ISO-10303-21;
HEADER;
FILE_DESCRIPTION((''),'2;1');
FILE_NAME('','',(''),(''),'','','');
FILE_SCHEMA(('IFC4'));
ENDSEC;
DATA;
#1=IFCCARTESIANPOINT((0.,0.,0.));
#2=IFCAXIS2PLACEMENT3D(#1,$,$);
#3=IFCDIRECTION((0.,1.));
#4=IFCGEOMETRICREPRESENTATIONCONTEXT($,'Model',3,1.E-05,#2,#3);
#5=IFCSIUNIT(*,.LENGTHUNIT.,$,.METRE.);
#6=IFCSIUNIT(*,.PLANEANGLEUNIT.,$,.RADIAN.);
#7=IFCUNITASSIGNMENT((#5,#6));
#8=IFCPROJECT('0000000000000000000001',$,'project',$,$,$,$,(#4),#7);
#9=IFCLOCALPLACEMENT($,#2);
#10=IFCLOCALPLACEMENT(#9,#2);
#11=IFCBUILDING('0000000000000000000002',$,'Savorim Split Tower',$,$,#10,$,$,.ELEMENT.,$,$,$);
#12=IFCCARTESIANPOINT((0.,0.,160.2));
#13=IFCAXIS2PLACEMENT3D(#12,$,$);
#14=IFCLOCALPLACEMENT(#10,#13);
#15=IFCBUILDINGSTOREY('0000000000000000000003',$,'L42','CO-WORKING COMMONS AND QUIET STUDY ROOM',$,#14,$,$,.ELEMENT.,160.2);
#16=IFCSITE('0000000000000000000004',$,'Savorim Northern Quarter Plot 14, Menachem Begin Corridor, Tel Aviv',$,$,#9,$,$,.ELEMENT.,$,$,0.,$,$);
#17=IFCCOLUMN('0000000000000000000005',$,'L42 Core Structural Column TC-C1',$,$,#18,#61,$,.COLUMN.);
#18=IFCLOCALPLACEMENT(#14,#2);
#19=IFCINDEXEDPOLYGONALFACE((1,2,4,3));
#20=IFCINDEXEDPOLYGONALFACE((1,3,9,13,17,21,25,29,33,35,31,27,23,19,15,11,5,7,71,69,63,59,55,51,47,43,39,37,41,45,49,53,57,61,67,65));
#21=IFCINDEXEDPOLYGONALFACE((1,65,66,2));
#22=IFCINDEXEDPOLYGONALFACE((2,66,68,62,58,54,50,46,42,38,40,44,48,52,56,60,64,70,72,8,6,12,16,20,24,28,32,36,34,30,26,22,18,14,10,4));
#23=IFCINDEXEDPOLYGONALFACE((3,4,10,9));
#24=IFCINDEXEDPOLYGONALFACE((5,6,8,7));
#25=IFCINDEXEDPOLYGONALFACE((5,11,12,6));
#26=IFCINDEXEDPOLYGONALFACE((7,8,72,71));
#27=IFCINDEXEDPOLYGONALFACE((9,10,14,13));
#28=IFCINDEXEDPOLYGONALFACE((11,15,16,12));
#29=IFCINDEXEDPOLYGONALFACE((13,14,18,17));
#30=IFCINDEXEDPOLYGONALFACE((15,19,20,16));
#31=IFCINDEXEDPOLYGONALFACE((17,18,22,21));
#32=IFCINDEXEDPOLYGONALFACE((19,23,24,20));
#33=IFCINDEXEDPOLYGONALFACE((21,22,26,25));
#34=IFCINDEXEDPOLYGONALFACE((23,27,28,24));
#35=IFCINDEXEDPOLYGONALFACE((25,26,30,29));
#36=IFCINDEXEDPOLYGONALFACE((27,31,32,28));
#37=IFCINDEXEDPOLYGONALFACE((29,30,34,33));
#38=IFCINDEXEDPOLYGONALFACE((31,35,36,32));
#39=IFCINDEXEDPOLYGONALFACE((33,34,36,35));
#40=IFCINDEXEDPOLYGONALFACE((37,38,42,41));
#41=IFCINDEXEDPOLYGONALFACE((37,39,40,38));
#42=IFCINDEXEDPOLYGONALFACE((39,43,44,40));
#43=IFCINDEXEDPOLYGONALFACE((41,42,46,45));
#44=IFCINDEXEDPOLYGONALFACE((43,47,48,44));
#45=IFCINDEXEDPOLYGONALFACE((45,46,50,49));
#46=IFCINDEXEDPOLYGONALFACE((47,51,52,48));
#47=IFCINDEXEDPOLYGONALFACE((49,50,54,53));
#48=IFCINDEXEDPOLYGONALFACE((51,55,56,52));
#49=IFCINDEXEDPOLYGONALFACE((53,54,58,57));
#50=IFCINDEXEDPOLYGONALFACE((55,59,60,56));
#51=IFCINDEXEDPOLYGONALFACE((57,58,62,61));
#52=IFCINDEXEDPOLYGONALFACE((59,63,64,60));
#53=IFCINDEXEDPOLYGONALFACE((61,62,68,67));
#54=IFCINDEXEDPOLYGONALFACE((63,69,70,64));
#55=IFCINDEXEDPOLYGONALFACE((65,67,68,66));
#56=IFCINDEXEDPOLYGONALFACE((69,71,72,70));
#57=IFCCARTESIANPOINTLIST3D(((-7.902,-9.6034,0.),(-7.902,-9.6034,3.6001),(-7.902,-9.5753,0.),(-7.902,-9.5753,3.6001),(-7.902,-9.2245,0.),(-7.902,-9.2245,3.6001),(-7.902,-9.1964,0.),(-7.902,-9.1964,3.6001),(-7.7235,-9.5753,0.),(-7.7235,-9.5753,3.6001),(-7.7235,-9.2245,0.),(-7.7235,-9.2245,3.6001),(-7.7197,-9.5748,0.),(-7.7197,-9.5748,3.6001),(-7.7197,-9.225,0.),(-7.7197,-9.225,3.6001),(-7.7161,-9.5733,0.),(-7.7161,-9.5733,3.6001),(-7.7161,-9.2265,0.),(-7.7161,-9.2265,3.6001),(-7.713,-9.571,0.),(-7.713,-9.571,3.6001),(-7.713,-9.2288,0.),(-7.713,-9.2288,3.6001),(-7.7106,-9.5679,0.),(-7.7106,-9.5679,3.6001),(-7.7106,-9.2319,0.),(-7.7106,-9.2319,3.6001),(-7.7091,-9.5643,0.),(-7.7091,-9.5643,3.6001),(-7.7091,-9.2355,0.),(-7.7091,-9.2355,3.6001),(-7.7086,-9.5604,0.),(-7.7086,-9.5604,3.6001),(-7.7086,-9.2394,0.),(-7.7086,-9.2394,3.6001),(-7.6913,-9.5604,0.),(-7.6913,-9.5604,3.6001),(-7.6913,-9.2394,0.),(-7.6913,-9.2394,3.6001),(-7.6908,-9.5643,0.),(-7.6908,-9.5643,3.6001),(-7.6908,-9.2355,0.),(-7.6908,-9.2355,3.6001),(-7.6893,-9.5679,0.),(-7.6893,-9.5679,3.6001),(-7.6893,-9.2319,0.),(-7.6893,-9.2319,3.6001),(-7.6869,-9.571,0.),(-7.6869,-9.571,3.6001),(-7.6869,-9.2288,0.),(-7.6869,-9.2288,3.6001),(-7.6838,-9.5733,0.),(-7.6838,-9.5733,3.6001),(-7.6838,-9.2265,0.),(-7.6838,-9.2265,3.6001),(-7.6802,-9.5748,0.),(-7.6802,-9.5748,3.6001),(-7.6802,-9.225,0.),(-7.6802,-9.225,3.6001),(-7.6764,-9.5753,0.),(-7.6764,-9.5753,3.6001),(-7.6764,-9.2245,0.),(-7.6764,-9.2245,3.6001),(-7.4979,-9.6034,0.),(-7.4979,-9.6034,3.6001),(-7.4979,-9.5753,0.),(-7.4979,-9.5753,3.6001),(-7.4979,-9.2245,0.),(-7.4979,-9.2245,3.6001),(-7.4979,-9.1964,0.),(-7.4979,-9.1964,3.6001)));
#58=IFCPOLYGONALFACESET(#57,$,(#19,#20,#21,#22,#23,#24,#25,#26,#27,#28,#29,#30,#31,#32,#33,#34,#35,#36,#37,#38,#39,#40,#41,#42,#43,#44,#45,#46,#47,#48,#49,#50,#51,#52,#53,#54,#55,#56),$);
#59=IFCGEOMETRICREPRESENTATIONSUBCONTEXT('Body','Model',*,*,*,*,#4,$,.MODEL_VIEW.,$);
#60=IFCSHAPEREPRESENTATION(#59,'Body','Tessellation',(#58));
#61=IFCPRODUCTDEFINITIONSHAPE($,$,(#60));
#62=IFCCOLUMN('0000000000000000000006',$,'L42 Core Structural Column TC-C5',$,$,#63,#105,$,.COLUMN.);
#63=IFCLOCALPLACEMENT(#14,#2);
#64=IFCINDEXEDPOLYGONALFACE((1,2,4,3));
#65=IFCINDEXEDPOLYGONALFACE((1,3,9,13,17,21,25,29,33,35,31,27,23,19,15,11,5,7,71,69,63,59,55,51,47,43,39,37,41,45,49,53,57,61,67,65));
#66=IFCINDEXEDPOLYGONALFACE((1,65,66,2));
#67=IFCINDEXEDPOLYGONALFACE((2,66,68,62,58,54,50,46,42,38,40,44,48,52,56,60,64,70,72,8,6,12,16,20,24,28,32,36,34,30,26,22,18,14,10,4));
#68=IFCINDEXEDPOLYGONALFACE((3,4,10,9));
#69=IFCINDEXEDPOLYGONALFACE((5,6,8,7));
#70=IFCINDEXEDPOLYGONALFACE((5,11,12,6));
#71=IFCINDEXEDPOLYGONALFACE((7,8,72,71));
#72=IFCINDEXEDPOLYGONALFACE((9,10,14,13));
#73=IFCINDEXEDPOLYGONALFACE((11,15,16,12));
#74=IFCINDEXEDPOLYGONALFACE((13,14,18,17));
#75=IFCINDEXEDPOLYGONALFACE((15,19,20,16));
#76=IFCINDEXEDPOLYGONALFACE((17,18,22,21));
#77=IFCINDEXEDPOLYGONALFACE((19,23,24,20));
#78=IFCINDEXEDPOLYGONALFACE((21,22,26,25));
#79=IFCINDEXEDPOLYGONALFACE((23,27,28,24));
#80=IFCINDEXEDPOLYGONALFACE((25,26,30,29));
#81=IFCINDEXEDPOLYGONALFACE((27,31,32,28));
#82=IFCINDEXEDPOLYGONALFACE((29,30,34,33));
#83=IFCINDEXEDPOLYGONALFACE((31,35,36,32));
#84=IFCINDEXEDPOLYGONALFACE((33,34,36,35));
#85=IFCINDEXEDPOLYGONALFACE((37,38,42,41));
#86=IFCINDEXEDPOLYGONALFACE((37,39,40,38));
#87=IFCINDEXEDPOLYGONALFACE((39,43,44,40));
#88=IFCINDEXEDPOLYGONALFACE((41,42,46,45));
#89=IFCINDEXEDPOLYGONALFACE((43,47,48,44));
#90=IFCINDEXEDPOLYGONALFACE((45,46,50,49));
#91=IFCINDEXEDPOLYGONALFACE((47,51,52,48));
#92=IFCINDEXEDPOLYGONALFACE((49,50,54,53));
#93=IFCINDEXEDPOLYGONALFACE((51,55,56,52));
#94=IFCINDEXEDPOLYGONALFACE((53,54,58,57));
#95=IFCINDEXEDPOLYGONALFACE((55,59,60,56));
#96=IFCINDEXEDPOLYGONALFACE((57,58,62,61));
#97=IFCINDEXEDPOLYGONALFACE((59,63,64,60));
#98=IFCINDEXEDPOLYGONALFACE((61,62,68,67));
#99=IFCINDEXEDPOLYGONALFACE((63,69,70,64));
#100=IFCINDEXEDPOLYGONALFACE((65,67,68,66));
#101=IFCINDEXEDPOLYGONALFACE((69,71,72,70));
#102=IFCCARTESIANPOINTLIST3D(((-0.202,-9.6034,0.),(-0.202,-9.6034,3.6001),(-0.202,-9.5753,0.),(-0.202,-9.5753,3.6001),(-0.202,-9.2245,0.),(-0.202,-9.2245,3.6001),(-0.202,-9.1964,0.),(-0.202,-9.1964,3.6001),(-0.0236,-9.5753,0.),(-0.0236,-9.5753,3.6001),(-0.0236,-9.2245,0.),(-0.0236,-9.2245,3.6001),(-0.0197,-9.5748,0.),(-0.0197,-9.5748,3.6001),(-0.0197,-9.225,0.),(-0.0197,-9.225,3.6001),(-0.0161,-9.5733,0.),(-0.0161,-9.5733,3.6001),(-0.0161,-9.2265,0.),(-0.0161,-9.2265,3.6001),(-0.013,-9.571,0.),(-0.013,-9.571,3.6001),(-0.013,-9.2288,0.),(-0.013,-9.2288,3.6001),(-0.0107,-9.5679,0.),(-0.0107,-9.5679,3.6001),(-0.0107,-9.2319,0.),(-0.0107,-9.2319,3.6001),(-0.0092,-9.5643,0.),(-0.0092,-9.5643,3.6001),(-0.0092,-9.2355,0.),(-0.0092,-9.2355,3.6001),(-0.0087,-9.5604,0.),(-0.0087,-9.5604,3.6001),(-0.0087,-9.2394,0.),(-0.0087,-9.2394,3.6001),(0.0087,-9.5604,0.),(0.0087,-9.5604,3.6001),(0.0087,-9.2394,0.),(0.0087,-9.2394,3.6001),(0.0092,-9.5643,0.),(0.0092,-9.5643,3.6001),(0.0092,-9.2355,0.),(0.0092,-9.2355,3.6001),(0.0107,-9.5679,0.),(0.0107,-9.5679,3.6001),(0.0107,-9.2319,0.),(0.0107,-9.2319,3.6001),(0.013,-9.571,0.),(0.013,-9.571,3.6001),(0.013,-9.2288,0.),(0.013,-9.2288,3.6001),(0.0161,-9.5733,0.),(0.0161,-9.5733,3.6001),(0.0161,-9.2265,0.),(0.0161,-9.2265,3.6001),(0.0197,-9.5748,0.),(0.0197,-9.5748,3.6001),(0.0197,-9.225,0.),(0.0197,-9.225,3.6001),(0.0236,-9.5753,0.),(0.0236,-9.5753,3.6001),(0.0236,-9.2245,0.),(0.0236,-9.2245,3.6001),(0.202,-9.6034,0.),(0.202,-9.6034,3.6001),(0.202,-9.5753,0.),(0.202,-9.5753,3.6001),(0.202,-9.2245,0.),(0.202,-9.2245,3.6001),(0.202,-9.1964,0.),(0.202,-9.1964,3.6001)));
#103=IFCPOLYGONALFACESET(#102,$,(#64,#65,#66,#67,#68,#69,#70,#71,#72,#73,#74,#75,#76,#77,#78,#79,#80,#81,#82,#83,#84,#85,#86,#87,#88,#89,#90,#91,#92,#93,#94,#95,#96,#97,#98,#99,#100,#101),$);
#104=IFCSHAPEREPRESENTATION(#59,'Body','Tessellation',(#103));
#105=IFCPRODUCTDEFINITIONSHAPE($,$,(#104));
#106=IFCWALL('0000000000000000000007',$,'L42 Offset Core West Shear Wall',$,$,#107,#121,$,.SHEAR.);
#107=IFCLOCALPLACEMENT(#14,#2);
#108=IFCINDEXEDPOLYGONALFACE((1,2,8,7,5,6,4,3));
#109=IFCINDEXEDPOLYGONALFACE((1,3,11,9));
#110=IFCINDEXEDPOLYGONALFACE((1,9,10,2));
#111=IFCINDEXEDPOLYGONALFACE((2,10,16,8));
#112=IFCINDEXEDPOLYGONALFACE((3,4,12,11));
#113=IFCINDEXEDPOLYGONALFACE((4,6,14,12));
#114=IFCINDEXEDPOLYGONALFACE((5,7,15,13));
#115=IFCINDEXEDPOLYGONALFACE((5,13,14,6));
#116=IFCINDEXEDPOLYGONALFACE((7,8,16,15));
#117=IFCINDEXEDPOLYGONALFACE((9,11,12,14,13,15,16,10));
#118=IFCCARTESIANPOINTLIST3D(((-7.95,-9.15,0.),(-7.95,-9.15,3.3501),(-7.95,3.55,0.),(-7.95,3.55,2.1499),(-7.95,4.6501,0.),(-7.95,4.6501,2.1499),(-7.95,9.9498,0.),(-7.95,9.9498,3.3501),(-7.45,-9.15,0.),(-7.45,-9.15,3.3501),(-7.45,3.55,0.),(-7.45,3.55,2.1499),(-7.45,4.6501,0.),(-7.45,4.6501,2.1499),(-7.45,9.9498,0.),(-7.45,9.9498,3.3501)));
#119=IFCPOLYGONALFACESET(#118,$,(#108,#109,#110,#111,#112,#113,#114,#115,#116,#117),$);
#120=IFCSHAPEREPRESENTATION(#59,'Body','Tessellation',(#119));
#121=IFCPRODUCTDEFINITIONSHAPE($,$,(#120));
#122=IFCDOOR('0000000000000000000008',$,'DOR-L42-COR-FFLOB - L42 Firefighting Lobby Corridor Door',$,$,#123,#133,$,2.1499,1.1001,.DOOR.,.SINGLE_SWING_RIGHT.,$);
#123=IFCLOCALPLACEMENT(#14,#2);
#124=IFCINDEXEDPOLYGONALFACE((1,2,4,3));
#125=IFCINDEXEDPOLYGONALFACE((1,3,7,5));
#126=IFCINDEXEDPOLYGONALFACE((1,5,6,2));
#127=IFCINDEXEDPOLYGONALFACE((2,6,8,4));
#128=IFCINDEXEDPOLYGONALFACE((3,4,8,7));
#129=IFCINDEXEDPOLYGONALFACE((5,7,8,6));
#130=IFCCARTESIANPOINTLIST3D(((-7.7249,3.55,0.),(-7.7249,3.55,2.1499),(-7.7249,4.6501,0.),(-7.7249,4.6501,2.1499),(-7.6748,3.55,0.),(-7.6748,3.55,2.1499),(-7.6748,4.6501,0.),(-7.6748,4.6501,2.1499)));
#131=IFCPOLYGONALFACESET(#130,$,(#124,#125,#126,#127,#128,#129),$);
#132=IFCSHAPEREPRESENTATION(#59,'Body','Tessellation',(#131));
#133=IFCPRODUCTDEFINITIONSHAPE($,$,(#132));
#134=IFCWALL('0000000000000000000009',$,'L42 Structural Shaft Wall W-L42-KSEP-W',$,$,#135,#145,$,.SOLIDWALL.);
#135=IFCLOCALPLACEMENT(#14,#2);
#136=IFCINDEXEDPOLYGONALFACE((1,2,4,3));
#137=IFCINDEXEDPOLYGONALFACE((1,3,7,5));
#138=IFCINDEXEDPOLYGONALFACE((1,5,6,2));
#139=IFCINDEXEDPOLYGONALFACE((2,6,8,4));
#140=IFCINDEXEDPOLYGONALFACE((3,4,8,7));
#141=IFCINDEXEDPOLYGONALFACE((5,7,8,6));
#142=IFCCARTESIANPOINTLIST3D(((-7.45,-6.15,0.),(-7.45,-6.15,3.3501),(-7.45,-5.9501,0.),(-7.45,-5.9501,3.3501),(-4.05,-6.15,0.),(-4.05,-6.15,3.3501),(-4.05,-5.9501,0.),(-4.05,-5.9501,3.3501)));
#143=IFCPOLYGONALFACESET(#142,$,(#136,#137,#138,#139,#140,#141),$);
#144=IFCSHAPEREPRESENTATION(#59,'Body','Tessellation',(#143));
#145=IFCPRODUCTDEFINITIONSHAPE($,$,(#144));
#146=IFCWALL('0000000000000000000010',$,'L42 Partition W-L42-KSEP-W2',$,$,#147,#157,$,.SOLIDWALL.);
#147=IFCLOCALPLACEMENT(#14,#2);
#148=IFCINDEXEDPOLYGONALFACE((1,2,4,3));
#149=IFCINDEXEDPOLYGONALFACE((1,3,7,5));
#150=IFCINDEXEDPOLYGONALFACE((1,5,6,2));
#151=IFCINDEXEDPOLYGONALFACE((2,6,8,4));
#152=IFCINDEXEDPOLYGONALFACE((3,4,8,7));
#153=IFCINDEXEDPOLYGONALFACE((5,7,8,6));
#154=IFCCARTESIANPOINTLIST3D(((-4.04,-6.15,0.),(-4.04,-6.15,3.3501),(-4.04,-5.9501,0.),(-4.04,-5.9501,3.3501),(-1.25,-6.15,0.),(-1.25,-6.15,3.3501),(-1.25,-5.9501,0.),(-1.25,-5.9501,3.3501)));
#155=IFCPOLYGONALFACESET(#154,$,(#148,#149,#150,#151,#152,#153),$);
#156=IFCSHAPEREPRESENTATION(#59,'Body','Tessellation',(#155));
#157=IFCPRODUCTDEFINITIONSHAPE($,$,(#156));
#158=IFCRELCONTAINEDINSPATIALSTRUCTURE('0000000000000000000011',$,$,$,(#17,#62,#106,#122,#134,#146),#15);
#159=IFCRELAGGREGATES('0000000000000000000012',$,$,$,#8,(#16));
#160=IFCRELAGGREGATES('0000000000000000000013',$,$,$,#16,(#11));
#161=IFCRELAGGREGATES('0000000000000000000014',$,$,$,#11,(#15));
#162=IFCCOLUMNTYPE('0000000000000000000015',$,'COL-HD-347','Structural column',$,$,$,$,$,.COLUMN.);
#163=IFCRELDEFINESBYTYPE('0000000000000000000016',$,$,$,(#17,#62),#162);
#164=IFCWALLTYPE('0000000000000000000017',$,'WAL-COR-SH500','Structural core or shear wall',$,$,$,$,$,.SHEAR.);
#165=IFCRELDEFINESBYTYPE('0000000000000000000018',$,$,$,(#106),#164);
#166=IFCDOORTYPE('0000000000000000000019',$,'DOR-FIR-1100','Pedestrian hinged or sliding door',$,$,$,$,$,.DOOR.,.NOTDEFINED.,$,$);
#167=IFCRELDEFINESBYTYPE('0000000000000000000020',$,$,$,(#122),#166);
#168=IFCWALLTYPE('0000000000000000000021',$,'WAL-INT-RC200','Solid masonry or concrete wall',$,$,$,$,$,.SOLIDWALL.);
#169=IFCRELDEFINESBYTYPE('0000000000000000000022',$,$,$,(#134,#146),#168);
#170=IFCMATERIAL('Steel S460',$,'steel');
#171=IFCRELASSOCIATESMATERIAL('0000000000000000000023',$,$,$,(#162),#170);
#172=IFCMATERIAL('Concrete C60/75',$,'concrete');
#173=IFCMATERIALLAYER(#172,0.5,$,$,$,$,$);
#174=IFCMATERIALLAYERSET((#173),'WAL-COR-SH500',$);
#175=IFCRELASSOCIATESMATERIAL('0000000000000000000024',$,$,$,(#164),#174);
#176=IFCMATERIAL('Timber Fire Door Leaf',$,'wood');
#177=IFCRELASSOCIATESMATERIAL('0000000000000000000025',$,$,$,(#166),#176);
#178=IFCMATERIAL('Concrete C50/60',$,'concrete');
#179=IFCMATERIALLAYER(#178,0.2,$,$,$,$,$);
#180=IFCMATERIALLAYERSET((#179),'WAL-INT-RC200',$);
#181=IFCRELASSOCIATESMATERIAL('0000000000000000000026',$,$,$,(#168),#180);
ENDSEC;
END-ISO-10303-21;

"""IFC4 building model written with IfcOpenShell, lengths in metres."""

from ifc_helpers import new_model, si_unit, direction, frame, frame_2d, origin, origin_2d, place, context, subcontext, project, spatial, rectangle, i_section, extrude, material, layer, layer_set, material_profile, profile_set, type_object, element, fill, save


model = new_model("IFC4")

# Units and contexts
model_context = context("Model", 3, precision=1e-05, world=origin(), true_north=direction((0.0, 1.0)))
body_context = subcontext(model_context, "Body", "Model", "MODEL_VIEW")
ifc_project = project(units=[si_unit("LENGTHUNIT", "METRE"), si_unit("PLANEANGLEUNIT", "RADIAN")], contexts=[model_context])

# Site, building, storey
site_placement = place(None, origin())
site = spatial("IfcSite", under=ifc_project, at=site_placement, Name="Savorim Northern Quarter Plot 14, Menachem Begin Corridor, Tel Aviv", CompositionType="ELEMENT", RefElevation=0.0)
building_placement = place(site_placement, origin())
building = spatial("IfcBuilding", under=site, at=building_placement, Name="Savorim Split Tower", CompositionType="ELEMENT")
storey_placement = place(building_placement, frame((0.0, 0.0, 160.2)))
storey = spatial("IfcBuildingStorey", under=building, at=storey_placement, Name="L42", Description="CO-WORKING COMMONS AND QUIET STUDY ROOM", CompositionType="ELEMENT", Elevation=160.2)

# Columns
ifc_material_1 = material(Name="Steel S460", Category="steel")
ifc_material_profile = material_profile(ifc_material_1, i_section(OverallWidth=0.4041, OverallDepth=0.407, WebThickness=0.0173, FlangeThickness=0.0281, FilletRadius=0.0149, at=origin_2d()), Name="HD 400x347")
ifc_profile_set = profile_set([ifc_material_profile], Name="Steel S460")
column_type = type_object("IfcColumnType", Name="COL-HD-347", Description="Structural column", PredefinedType="COLUMN", material=ifc_profile_set)
for number, where, z_axis, x_axis, name in (
    (1, (-7.7, -9.3999, 0.0), (0.0, 0.0, 1.0), (1.0, 0.0, 0.0), "L42 Core Structural Column TC-C1"),
    (2, (0.0, -9.3999, 0.0), (0.0, 0.0, 1.0), (1.0, 0.0, 0.0), "L42 Core Structural Column TC-C5"),
):
    element("IfcColumn", number, at=place(storey_placement, frame(where, z_axis=z_axis, x_axis=x_axis)), inside=storey, type_object=column_type, Name=name, PredefinedType="COLUMN", context=body_context, shape_type="SweptSolid", body=[
        extrude(i_section(OverallWidth=0.4041, OverallDepth=0.407, WebThickness=0.0173, FlangeThickness=0.0281, FilletRadius=0.0149, at=origin_2d()), origin(), (0.0, 0.0, 1.0), 3.6001),
    ])

# Wall, opening, door
ifc_material_2 = material(Name="Concrete C60/75", Category="concrete")
ifc_layer_1 = layer(ifc_material_2, 0.5)
ifc_layer_set_1 = layer_set([ifc_layer_1], Name="WAL-COR-SH500")
wall_type_1 = type_object("IfcWallType", Name="WAL-COR-SH500", Description="Structural core or shear wall", PredefinedType="SHEAR", material=ifc_layer_set_1)
wall_1_placement = place(storey_placement, frame((-7.7, -9.1499, 0.0), z_axis=(0.0, 0.0, 1.0), x_axis=(0.0, 1.0, 0.0)))
wall_1 = element("IfcWall", 3, at=wall_1_placement, inside=storey, type_object=wall_type_1, Name="L42 Offset Core West Shear Wall", PredefinedType="SHEAR", context=body_context, shape_type="SweptSolid", body=[
    extrude(rectangle(XDim=19.0999, YDim=0.5, at=frame_2d((9.5498, 0.0))), origin(), (0.0, 0.0, 1.0), 3.3501),
])
opening_1_placement = place(wall_1_placement, frame((12.7, 0.0, 0.0)))
opening_1 = element("IfcOpeningElement", 4, at=opening_1_placement, cuts=wall_1, PredefinedType="OPENING", context=body_context, shape_type="SweptSolid", body=[
    extrude(rectangle(XDim=1.1001, YDim=2.1499, at=frame_2d((0.55, 1.075))), frame((0.0, 0.26, 0.0), z_axis=(0.0, -1.0, 0.0), x_axis=(1.0, 0.0, 0.0)), (0.0, 0.0, 1.0), 0.52),
])
ifc_material_3 = material(Name="Timber Fire Door Leaf", Category="wood")
door_type_1 = type_object("IfcDoorType", Name="DOR-FIR-1100", Description="Pedestrian hinged or sliding door", OperationType="NOTDEFINED", PredefinedType="DOOR", material=ifc_material_3)
door_1_placement = place(opening_1_placement, origin())
door_1 = element("IfcDoor", 5, at=door_1_placement, inside=storey, type_object=door_type_1, Name="DOR-L42-COR-FFLOB - L42 Firefighting Lobby Corridor Door", OperationType="SINGLE_SWING_RIGHT", OverallHeight=2.1499, OverallWidth=1.1001, PredefinedType="DOOR", context=body_context, shape_type="SweptSolid", body=[
    extrude(rectangle(XDim=1.1001, YDim=2.1499, at=frame_2d((0.55, 1.075))), frame((0.0, 0.0249, 0.0), z_axis=(0.0, -1.0, 0.0), x_axis=(1.0, 0.0, 0.0)), (0.0, 0.0, 1.0), 0.05),
])
fill(opening_1, door_1)

# Walls
ifc_material_4 = material(Name="Concrete C50/60", Category="concrete")
ifc_layer_2 = layer(ifc_material_4, 0.2)
ifc_layer_set_2 = layer_set([ifc_layer_2], Name="WAL-INT-RC200")
wall_type_2 = type_object("IfcWallType", Name="WAL-INT-RC200", Description="Solid masonry or concrete wall", PredefinedType="SOLIDWALL", material=ifc_layer_set_2)
wall_2_placement = place(storey_placement, frame((-7.45, -6.05, 0.0), z_axis=(0.0, 0.0, 1.0), x_axis=(1.0, 0.0, 0.0)))
element("IfcWall", 6, at=wall_2_placement, inside=storey, type_object=wall_type_2, Name="L42 Structural Shaft Wall W-L42-KSEP-W", PredefinedType="SOLIDWALL", context=body_context, shape_type="SweptSolid", body=[
    extrude(rectangle(XDim=3.3999, YDim=0.2, at=frame_2d((1.7, 0.0))), origin(), (0.0, 0.0, 1.0), 3.3501),
])
wall_3_placement = place(storey_placement, frame((-4.04, -6.05, 0.0), z_axis=(0.0, 0.0, 1.0), x_axis=(1.0, 0.0, 0.0)))
element("IfcWall", 7, at=wall_3_placement, inside=storey, type_object=wall_type_2, Name="L42 Partition W-L42-KSEP-W2", PredefinedType="SOLIDWALL", context=body_context, shape_type="SweptSolid", body=[
    extrude(rectangle(XDim=2.79, YDim=0.2, at=frame_2d((1.395, 0.0))), origin(), (0.0, 0.0, 1.0), 3.3501),
])

save(model, "model.ifc")
